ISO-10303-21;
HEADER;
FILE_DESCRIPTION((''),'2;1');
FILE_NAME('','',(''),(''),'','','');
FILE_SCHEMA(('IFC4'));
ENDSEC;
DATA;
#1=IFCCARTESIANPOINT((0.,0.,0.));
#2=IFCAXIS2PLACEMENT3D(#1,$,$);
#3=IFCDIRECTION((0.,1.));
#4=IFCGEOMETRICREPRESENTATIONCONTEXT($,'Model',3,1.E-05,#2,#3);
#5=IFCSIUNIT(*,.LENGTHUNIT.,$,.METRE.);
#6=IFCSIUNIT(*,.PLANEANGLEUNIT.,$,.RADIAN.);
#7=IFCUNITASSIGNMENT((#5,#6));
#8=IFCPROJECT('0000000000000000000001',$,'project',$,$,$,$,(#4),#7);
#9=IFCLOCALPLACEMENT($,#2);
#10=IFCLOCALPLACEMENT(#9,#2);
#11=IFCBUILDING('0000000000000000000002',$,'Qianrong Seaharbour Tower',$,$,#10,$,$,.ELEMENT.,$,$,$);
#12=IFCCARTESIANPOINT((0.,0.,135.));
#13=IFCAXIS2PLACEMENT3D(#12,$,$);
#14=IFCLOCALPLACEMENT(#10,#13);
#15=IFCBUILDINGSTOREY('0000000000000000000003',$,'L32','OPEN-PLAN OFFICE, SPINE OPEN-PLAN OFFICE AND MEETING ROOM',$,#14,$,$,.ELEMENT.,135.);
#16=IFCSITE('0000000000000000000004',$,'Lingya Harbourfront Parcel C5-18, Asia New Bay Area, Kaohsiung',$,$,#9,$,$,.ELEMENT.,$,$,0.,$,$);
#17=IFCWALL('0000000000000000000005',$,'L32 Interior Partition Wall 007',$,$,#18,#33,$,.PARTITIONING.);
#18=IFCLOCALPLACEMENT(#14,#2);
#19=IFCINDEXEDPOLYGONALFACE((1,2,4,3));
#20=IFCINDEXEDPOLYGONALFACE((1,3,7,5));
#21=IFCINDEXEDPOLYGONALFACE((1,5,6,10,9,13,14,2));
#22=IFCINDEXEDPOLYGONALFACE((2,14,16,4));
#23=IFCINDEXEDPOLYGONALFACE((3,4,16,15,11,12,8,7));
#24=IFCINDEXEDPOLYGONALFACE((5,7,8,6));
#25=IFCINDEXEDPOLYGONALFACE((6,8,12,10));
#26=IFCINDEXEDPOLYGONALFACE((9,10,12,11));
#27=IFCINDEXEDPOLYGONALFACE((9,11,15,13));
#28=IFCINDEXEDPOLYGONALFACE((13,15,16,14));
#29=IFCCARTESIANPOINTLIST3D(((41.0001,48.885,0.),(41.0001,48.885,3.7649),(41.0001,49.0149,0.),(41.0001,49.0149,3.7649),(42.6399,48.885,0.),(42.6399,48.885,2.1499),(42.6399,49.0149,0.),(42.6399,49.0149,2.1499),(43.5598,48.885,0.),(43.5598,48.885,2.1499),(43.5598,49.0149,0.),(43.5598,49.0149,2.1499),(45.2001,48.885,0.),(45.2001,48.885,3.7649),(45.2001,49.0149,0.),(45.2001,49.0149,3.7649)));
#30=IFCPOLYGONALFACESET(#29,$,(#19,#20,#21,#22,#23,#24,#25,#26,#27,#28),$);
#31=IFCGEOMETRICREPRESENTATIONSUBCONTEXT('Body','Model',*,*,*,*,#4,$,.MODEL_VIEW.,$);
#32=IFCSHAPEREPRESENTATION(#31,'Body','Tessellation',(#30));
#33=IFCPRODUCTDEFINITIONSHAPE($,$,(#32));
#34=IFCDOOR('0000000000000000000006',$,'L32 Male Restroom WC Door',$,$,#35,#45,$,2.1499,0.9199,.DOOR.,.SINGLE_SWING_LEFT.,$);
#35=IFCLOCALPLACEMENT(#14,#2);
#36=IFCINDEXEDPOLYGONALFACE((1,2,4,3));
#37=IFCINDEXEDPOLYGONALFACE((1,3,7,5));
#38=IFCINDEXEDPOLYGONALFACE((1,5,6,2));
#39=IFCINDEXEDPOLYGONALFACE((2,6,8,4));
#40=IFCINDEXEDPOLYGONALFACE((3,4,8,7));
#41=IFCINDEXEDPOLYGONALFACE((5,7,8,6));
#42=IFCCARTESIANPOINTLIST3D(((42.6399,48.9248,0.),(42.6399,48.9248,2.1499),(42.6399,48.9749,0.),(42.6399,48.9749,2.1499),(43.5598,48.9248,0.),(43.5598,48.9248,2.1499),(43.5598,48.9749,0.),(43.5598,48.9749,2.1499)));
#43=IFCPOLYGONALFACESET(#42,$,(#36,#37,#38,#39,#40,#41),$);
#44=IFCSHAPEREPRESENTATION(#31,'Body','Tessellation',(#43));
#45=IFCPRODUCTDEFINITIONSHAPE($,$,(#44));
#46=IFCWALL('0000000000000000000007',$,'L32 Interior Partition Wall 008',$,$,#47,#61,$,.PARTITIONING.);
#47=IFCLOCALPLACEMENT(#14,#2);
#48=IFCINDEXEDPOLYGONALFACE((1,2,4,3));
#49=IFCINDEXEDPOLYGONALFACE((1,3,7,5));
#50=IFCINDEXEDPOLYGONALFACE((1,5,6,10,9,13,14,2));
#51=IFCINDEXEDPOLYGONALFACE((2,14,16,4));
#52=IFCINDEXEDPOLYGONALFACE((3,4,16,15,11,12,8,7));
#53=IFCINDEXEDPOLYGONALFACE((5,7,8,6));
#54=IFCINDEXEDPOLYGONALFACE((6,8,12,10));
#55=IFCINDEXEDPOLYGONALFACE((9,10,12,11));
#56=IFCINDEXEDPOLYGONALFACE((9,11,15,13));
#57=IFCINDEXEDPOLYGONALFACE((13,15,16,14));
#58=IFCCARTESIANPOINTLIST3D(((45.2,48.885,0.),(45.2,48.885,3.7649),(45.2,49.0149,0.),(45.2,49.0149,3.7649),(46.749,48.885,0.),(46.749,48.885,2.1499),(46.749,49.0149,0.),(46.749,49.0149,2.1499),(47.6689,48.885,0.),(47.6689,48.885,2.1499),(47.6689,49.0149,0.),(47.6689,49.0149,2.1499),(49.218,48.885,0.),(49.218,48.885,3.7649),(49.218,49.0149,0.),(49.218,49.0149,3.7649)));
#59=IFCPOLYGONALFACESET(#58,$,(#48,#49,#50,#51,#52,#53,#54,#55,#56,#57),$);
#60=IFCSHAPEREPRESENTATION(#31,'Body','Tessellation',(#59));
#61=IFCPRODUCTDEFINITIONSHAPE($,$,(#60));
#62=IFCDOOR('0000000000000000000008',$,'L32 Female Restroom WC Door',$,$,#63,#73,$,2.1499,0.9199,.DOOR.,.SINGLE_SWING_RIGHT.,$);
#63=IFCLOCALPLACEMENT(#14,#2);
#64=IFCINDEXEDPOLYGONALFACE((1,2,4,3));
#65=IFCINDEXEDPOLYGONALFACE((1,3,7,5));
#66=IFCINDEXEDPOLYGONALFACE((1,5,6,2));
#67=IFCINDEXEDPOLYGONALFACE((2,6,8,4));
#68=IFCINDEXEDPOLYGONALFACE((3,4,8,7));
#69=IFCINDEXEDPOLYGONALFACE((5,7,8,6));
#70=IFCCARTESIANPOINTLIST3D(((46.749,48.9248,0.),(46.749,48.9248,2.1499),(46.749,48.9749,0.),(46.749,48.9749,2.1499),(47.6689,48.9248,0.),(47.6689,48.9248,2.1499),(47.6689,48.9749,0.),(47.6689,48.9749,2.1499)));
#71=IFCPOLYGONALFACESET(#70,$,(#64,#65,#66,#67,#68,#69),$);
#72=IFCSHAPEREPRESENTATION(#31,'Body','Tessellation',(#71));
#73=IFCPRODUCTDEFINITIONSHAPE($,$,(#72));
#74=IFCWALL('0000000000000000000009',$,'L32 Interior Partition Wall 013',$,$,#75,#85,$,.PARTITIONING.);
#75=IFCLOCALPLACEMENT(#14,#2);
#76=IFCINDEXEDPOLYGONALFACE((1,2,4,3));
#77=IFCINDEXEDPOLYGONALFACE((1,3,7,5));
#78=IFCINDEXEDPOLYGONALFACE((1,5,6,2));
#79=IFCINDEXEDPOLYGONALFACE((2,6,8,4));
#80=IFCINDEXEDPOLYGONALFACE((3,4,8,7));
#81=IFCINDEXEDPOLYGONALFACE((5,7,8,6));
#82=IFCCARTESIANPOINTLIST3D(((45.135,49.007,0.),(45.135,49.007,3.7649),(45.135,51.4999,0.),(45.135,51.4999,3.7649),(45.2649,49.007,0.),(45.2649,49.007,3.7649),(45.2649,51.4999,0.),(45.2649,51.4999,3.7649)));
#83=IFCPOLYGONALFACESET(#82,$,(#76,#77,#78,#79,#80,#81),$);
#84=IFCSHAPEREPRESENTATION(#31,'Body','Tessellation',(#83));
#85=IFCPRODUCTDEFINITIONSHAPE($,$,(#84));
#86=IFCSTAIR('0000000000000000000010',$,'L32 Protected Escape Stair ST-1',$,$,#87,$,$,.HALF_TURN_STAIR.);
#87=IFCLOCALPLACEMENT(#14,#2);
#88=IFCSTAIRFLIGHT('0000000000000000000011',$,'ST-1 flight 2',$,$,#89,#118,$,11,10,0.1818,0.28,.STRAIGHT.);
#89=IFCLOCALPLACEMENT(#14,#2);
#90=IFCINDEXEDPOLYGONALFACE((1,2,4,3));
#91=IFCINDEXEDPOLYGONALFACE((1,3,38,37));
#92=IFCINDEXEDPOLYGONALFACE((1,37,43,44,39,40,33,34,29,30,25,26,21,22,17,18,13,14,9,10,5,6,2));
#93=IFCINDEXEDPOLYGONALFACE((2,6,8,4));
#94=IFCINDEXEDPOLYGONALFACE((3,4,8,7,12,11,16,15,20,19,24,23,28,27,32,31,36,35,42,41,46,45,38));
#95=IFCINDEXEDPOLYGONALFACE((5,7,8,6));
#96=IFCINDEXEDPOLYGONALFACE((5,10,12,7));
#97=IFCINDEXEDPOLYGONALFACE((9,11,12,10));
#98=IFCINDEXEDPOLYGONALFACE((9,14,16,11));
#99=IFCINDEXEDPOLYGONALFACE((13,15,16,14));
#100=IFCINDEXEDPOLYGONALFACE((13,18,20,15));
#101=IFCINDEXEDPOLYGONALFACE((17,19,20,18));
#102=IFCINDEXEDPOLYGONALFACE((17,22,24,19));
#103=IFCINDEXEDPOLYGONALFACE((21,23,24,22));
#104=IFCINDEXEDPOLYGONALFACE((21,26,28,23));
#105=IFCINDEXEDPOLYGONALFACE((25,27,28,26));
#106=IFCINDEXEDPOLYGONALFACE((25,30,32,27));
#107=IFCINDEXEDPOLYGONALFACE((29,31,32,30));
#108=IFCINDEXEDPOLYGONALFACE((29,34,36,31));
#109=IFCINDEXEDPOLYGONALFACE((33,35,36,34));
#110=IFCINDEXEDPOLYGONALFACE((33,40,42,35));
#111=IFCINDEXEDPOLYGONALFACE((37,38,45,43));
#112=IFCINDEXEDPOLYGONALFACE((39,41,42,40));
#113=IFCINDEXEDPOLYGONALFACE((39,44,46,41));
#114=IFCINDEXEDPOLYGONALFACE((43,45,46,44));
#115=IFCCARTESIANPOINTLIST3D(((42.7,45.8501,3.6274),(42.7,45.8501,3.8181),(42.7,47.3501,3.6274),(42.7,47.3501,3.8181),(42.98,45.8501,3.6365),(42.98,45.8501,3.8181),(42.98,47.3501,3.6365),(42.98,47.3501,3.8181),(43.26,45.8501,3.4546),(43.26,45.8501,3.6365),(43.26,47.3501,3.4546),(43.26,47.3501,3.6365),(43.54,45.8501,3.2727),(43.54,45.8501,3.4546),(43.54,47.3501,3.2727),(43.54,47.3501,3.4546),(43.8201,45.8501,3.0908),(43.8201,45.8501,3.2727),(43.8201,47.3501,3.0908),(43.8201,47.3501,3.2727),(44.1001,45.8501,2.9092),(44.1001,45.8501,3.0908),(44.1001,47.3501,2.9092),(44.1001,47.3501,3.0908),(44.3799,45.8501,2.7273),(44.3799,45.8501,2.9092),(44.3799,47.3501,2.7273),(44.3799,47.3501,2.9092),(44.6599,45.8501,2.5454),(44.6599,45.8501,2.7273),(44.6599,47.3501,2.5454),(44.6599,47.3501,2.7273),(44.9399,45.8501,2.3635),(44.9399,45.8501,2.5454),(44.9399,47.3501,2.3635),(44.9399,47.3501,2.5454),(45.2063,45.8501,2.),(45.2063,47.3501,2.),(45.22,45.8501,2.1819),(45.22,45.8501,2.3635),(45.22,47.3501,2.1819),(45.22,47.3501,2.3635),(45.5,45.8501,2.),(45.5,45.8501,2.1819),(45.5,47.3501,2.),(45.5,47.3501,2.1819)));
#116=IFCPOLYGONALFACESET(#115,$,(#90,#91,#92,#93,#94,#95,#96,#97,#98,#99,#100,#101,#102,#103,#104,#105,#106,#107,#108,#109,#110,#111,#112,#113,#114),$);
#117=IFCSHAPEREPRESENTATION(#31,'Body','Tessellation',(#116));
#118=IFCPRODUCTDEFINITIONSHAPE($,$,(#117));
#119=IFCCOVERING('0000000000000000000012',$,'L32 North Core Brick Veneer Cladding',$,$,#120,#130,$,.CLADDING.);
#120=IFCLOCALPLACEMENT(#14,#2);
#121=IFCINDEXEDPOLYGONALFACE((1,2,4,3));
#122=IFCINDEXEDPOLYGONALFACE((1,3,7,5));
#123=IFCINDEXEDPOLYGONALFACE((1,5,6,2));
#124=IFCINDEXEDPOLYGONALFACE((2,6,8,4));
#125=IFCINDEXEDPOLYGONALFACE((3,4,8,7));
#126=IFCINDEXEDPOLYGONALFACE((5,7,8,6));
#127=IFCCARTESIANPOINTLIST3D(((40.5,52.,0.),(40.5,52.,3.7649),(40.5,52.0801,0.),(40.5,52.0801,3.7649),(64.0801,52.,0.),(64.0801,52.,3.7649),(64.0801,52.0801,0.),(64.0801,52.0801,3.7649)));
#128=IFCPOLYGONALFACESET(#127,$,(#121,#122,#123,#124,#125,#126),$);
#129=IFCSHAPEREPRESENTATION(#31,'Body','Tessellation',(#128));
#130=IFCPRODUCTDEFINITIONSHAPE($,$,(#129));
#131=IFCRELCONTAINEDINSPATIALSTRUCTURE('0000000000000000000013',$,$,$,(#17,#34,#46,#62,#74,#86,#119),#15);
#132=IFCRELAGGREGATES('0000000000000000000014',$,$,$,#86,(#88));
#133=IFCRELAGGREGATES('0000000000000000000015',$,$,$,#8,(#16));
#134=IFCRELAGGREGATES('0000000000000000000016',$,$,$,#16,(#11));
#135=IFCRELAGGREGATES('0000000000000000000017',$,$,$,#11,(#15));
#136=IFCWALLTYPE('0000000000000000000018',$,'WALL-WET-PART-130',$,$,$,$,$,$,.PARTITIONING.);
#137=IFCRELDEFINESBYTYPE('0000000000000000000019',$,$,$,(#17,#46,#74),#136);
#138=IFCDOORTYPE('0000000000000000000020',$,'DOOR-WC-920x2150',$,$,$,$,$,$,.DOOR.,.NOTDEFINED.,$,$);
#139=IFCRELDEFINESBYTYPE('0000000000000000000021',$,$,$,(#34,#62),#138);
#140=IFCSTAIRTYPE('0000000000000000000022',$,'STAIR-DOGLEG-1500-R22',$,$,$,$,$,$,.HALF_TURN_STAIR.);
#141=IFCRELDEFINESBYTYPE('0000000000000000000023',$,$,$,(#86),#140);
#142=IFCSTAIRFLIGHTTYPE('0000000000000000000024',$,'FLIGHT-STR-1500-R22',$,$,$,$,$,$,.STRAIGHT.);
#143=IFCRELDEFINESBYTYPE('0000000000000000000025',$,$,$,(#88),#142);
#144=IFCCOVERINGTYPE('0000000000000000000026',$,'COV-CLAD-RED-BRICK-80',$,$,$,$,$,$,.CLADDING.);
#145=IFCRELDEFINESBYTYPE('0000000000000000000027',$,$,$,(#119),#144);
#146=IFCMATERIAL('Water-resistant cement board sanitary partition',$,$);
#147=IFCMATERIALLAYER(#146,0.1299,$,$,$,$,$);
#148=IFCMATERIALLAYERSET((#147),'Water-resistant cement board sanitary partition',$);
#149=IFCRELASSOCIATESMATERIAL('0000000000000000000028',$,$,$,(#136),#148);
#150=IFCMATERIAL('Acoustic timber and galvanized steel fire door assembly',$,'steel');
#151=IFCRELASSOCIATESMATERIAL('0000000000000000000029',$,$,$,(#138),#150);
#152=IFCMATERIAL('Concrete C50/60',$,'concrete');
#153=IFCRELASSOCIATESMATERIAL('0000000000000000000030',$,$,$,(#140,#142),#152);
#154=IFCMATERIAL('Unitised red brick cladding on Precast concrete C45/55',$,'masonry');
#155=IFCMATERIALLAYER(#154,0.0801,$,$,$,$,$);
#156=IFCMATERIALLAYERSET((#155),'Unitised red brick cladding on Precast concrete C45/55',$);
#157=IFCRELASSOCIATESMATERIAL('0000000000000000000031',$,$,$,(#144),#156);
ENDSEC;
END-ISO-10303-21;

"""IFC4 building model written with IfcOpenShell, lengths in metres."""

from ifc_helpers import new_model, si_unit, direction, frame, frame_2d, origin, origin_2d, place, context, subcontext, project, spatial, polyline, rectangle, outline, extrude, material, layer, layer_set, type_object, element, fill, aggregate, save


model = new_model("IFC4")

# Units and contexts
model_context = context("Model", 3, precision=1e-05, world=origin(), true_north=direction((0.0, 1.0)))
body_context = subcontext(model_context, "Body", "Model", "MODEL_VIEW")
ifc_project = project(units=[si_unit("LENGTHUNIT", "METRE"), si_unit("PLANEANGLEUNIT", "RADIAN")], contexts=[model_context])

# Site, building, storey
site_placement = place(None, origin())
site = spatial("IfcSite", under=ifc_project, at=site_placement, Name="Lingya Harbourfront Parcel C5-18, Asia New Bay Area, Kaohsiung", CompositionType="ELEMENT", RefElevation=0.0)
building_placement = place(site_placement, origin())
building = spatial("IfcBuilding", under=site, at=building_placement, Name="Qianrong Seaharbour Tower", CompositionType="ELEMENT")
storey_placement = place(building_placement, frame((0.0, 0.0, 135.0)))
storey = spatial("IfcBuildingStorey", under=building, at=storey_placement, Name="L32", Description="OPEN-PLAN OFFICE, SPINE OPEN-PLAN OFFICE AND MEETING ROOM", CompositionType="ELEMENT", Elevation=135.0)

# Shared definitions
ifc_material_1 = material(Name="Concrete C50/60", Category="concrete")

# Walls, openings, doors
ifc_material_2 = material(Name="Acoustic timber and galvanized steel fire door assembly", Category="steel")
ifc_material_3 = material(Name="Water-resistant cement board sanitary partition")
ifc_layer_1 = layer(ifc_material_3, 0.1299)
ifc_layer_set_1 = layer_set([ifc_layer_1], Name="Water-resistant cement board sanitary partition")
wall_type_1 = type_object("IfcWallType", Name="WALL-WET-PART-130", PredefinedType="PARTITIONING", material=ifc_layer_set_1)
wall_1_placement = place(storey_placement, frame((41.0, 48.95, 0.0), z_axis=(0.0, 0.0, 1.0), x_axis=(1.0, 0.0, 0.0)))
wall_1 = element("IfcWall", 1, at=wall_1_placement, inside=storey, type_object=wall_type_1, Name="L32 Interior Partition Wall 007", PredefinedType="PARTITIONING", context=body_context, shape_type="SweptSolid", body=[
    extrude(rectangle(XDim=4.2, YDim=0.1299, at=frame_2d((2.1001, 0.0))), origin(), (0.0, 0.0, 1.0), 3.7649),
])
opening_1_placement = place(wall_1_placement, frame((1.6399, 0.0, 0.0)))
opening_1 = element("IfcOpeningElement", 2, at=opening_1_placement, cuts=wall_1, PredefinedType="OPENING", context=body_context, shape_type="SweptSolid", body=[
    extrude(rectangle(XDim=0.9199, YDim=2.1499, at=frame_2d((0.46, 1.075))), frame((0.0, 0.075, 0.0), z_axis=(0.0, -1.0, 0.0), x_axis=(1.0, 0.0, 0.0)), (0.0, 0.0, 1.0), 0.1499),
])
door_type_1 = type_object("IfcDoorType", Name="DOOR-WC-920x2150", OperationType="NOTDEFINED", PredefinedType="DOOR", material=ifc_material_2)
door_1_placement = place(opening_1_placement, origin())
door_1 = element("IfcDoor", 3, at=door_1_placement, inside=storey, type_object=door_type_1, Name="L32 Male Restroom WC Door", OperationType="SINGLE_SWING_LEFT", OverallHeight=2.1499, OverallWidth=0.9199, PredefinedType="DOOR", context=body_context, shape_type="SweptSolid", body=[
    extrude(rectangle(XDim=0.9199, YDim=2.1499, at=frame_2d((0.46, 1.075))), frame((0.0, 0.0249, 0.0), z_axis=(0.0, -1.0, 0.0), x_axis=(1.0, 0.0, 0.0)), (0.0, 0.0, 1.0), 0.05),
])
fill(opening_1, door_1)
wall_2_placement = place(storey_placement, frame((45.2, 48.95, 0.0), z_axis=(0.0, 0.0, 1.0), x_axis=(1.0, 0.0, 0.0)))
wall_2 = element("IfcWall", 4, at=wall_2_placement, inside=storey, type_object=wall_type_1, Name="L32 Interior Partition Wall 008", PredefinedType="PARTITIONING", context=body_context, shape_type="SweptSolid", body=[
    extrude(rectangle(XDim=4.0181, YDim=0.1299, at=frame_2d((2.009, 0.0))), origin(), (0.0, 0.0, 1.0), 3.7649),
])
opening_2_placement = place(wall_2_placement, frame((1.5491, 0.0, 0.0)))
opening_2 = element("IfcOpeningElement", 5, at=opening_2_placement, cuts=wall_2, PredefinedType="OPENING", context=body_context, shape_type="SweptSolid", body=[
    extrude(rectangle(XDim=0.9199, YDim=2.1499, at=frame_2d((0.46, 1.075))), frame((0.0, 0.075, 0.0), z_axis=(0.0, -1.0, 0.0), x_axis=(1.0, 0.0, 0.0)), (0.0, 0.0, 1.0), 0.1499),
])
door_2_placement = place(opening_2_placement, origin())
door_2 = element("IfcDoor", 6, at=door_2_placement, inside=storey, type_object=door_type_1, Name="L32 Female Restroom WC Door", OperationType="SINGLE_SWING_RIGHT", OverallHeight=2.1499, OverallWidth=0.9199, PredefinedType="DOOR", context=body_context, shape_type="SweptSolid", body=[
    extrude(rectangle(XDim=0.9199, YDim=2.1499, at=frame_2d((0.46, 1.075))), frame((0.0, 0.0249, 0.0), z_axis=(0.0, -1.0, 0.0), x_axis=(1.0, 0.0, 0.0)), (0.0, 0.0, 1.0), 0.05),
])
fill(opening_2, door_2)

# Wall
wall_3_placement = place(storey_placement, frame((45.2, 51.5, 0.0), z_axis=(0.0, 0.0, 1.0), x_axis=(0.0, -1.0, 0.0)))
element("IfcWall", 7, at=wall_3_placement, inside=storey, type_object=wall_type_1, Name="L32 Interior Partition Wall 013", PredefinedType="PARTITIONING", context=body_context, shape_type="SweptSolid", body=[
    extrude(rectangle(XDim=2.4929, YDim=0.1299, at=frame_2d((1.2466, 0.0))), origin(), (0.0, 0.0, 1.0), 3.7649),
])

# Stair, stair flight
stair_type = type_object("IfcStairType", Name="STAIR-DOGLEG-1500-R22", PredefinedType="HALF_TURN_STAIR", material=ifc_material_1)
stair_placement = place(storey_placement, origin())
stair = element("IfcStair", 8, at=stair_placement, inside=storey, type_object=stair_type, Name="L32 Protected Escape Stair ST-1", PredefinedType="HALF_TURN_STAIR")
stair_flight_type = type_object("IfcStairFlightType", Name="FLIGHT-STR-1500-R22", PredefinedType="STRAIGHT", material=ifc_material_1)
stair_flight_placement = place(storey_placement, frame((45.5, 46.6001, 2.0), z_axis=(0.0, 0.0, 1.0), x_axis=(-1.0, 0.0, 0.0)))
stair_flight = element("IfcStairFlight", 9, at=stair_flight_placement, type_object=stair_flight_type, Name="ST-1 flight 2", NumberOfRisers=11, NumberOfTreads=10, PredefinedType="STRAIGHT", RiserHeight=0.1818, TreadLength=0.28, context=body_context, shape_type="SweptSolid", body=[
    extrude(outline(polyline([(0.0, 0.0), (0.0, 0.1819), (0.28, 0.1819), (0.28, 0.3635), (0.5601, 0.3635), (0.5601, 0.5454), (0.8401, 0.5454), (0.8401, 0.7273), (1.1201, 0.7273), (1.1201, 0.9092), (1.3999, 0.9092), (1.3999, 1.0908), (1.6799, 1.0908), (1.6799, 1.2727), (1.96, 1.2727), (1.96, 1.4546), (2.24, 1.4546), (2.24, 1.6365), (2.52, 1.6365), (2.52, 1.8181), (2.8, 1.8181), (2.8, 2.0), (2.8, 1.6274), (0.2937, 0.0), (0.0, 0.0)])), frame((0.0, 0.75, 0.0), z_axis=(0.0, -1.0, 0.0), x_axis=(1.0, 0.0, 0.0)), (0.0, 0.0, 1.0), 1.5),
])
aggregate(stair, [stair_flight])

# Covering
ifc_material_4 = material(Name="Unitised red brick cladding on Precast concrete C45/55", Category="masonry")
ifc_layer_2 = layer(ifc_material_4, 0.0801)
ifc_layer_set_2 = layer_set([ifc_layer_2], Name="Unitised red brick cladding on Precast concrete C45/55")
covering_type = type_object("IfcCoveringType", Name="COV-CLAD-RED-BRICK-80", PredefinedType="CLADDING", material=ifc_layer_set_2)
covering_placement = place(storey_placement, frame((52.29, 52.04, 0.0), z_axis=(0.0, 0.0, 1.0), x_axis=(1.0, 0.0, 0.0)))
element("IfcCovering", 10, at=covering_placement, inside=storey, type_object=covering_type, Name="L32 North Core Brick Veneer Cladding", PredefinedType="CLADDING", context=body_context, shape_type="SweptSolid", body=[
    extrude(rectangle(XDim=23.5801, YDim=0.0801, at=origin_2d()), origin(), (0.0, 0.0, 1.0), 3.7649),
])

save(model, "model.ifc")
